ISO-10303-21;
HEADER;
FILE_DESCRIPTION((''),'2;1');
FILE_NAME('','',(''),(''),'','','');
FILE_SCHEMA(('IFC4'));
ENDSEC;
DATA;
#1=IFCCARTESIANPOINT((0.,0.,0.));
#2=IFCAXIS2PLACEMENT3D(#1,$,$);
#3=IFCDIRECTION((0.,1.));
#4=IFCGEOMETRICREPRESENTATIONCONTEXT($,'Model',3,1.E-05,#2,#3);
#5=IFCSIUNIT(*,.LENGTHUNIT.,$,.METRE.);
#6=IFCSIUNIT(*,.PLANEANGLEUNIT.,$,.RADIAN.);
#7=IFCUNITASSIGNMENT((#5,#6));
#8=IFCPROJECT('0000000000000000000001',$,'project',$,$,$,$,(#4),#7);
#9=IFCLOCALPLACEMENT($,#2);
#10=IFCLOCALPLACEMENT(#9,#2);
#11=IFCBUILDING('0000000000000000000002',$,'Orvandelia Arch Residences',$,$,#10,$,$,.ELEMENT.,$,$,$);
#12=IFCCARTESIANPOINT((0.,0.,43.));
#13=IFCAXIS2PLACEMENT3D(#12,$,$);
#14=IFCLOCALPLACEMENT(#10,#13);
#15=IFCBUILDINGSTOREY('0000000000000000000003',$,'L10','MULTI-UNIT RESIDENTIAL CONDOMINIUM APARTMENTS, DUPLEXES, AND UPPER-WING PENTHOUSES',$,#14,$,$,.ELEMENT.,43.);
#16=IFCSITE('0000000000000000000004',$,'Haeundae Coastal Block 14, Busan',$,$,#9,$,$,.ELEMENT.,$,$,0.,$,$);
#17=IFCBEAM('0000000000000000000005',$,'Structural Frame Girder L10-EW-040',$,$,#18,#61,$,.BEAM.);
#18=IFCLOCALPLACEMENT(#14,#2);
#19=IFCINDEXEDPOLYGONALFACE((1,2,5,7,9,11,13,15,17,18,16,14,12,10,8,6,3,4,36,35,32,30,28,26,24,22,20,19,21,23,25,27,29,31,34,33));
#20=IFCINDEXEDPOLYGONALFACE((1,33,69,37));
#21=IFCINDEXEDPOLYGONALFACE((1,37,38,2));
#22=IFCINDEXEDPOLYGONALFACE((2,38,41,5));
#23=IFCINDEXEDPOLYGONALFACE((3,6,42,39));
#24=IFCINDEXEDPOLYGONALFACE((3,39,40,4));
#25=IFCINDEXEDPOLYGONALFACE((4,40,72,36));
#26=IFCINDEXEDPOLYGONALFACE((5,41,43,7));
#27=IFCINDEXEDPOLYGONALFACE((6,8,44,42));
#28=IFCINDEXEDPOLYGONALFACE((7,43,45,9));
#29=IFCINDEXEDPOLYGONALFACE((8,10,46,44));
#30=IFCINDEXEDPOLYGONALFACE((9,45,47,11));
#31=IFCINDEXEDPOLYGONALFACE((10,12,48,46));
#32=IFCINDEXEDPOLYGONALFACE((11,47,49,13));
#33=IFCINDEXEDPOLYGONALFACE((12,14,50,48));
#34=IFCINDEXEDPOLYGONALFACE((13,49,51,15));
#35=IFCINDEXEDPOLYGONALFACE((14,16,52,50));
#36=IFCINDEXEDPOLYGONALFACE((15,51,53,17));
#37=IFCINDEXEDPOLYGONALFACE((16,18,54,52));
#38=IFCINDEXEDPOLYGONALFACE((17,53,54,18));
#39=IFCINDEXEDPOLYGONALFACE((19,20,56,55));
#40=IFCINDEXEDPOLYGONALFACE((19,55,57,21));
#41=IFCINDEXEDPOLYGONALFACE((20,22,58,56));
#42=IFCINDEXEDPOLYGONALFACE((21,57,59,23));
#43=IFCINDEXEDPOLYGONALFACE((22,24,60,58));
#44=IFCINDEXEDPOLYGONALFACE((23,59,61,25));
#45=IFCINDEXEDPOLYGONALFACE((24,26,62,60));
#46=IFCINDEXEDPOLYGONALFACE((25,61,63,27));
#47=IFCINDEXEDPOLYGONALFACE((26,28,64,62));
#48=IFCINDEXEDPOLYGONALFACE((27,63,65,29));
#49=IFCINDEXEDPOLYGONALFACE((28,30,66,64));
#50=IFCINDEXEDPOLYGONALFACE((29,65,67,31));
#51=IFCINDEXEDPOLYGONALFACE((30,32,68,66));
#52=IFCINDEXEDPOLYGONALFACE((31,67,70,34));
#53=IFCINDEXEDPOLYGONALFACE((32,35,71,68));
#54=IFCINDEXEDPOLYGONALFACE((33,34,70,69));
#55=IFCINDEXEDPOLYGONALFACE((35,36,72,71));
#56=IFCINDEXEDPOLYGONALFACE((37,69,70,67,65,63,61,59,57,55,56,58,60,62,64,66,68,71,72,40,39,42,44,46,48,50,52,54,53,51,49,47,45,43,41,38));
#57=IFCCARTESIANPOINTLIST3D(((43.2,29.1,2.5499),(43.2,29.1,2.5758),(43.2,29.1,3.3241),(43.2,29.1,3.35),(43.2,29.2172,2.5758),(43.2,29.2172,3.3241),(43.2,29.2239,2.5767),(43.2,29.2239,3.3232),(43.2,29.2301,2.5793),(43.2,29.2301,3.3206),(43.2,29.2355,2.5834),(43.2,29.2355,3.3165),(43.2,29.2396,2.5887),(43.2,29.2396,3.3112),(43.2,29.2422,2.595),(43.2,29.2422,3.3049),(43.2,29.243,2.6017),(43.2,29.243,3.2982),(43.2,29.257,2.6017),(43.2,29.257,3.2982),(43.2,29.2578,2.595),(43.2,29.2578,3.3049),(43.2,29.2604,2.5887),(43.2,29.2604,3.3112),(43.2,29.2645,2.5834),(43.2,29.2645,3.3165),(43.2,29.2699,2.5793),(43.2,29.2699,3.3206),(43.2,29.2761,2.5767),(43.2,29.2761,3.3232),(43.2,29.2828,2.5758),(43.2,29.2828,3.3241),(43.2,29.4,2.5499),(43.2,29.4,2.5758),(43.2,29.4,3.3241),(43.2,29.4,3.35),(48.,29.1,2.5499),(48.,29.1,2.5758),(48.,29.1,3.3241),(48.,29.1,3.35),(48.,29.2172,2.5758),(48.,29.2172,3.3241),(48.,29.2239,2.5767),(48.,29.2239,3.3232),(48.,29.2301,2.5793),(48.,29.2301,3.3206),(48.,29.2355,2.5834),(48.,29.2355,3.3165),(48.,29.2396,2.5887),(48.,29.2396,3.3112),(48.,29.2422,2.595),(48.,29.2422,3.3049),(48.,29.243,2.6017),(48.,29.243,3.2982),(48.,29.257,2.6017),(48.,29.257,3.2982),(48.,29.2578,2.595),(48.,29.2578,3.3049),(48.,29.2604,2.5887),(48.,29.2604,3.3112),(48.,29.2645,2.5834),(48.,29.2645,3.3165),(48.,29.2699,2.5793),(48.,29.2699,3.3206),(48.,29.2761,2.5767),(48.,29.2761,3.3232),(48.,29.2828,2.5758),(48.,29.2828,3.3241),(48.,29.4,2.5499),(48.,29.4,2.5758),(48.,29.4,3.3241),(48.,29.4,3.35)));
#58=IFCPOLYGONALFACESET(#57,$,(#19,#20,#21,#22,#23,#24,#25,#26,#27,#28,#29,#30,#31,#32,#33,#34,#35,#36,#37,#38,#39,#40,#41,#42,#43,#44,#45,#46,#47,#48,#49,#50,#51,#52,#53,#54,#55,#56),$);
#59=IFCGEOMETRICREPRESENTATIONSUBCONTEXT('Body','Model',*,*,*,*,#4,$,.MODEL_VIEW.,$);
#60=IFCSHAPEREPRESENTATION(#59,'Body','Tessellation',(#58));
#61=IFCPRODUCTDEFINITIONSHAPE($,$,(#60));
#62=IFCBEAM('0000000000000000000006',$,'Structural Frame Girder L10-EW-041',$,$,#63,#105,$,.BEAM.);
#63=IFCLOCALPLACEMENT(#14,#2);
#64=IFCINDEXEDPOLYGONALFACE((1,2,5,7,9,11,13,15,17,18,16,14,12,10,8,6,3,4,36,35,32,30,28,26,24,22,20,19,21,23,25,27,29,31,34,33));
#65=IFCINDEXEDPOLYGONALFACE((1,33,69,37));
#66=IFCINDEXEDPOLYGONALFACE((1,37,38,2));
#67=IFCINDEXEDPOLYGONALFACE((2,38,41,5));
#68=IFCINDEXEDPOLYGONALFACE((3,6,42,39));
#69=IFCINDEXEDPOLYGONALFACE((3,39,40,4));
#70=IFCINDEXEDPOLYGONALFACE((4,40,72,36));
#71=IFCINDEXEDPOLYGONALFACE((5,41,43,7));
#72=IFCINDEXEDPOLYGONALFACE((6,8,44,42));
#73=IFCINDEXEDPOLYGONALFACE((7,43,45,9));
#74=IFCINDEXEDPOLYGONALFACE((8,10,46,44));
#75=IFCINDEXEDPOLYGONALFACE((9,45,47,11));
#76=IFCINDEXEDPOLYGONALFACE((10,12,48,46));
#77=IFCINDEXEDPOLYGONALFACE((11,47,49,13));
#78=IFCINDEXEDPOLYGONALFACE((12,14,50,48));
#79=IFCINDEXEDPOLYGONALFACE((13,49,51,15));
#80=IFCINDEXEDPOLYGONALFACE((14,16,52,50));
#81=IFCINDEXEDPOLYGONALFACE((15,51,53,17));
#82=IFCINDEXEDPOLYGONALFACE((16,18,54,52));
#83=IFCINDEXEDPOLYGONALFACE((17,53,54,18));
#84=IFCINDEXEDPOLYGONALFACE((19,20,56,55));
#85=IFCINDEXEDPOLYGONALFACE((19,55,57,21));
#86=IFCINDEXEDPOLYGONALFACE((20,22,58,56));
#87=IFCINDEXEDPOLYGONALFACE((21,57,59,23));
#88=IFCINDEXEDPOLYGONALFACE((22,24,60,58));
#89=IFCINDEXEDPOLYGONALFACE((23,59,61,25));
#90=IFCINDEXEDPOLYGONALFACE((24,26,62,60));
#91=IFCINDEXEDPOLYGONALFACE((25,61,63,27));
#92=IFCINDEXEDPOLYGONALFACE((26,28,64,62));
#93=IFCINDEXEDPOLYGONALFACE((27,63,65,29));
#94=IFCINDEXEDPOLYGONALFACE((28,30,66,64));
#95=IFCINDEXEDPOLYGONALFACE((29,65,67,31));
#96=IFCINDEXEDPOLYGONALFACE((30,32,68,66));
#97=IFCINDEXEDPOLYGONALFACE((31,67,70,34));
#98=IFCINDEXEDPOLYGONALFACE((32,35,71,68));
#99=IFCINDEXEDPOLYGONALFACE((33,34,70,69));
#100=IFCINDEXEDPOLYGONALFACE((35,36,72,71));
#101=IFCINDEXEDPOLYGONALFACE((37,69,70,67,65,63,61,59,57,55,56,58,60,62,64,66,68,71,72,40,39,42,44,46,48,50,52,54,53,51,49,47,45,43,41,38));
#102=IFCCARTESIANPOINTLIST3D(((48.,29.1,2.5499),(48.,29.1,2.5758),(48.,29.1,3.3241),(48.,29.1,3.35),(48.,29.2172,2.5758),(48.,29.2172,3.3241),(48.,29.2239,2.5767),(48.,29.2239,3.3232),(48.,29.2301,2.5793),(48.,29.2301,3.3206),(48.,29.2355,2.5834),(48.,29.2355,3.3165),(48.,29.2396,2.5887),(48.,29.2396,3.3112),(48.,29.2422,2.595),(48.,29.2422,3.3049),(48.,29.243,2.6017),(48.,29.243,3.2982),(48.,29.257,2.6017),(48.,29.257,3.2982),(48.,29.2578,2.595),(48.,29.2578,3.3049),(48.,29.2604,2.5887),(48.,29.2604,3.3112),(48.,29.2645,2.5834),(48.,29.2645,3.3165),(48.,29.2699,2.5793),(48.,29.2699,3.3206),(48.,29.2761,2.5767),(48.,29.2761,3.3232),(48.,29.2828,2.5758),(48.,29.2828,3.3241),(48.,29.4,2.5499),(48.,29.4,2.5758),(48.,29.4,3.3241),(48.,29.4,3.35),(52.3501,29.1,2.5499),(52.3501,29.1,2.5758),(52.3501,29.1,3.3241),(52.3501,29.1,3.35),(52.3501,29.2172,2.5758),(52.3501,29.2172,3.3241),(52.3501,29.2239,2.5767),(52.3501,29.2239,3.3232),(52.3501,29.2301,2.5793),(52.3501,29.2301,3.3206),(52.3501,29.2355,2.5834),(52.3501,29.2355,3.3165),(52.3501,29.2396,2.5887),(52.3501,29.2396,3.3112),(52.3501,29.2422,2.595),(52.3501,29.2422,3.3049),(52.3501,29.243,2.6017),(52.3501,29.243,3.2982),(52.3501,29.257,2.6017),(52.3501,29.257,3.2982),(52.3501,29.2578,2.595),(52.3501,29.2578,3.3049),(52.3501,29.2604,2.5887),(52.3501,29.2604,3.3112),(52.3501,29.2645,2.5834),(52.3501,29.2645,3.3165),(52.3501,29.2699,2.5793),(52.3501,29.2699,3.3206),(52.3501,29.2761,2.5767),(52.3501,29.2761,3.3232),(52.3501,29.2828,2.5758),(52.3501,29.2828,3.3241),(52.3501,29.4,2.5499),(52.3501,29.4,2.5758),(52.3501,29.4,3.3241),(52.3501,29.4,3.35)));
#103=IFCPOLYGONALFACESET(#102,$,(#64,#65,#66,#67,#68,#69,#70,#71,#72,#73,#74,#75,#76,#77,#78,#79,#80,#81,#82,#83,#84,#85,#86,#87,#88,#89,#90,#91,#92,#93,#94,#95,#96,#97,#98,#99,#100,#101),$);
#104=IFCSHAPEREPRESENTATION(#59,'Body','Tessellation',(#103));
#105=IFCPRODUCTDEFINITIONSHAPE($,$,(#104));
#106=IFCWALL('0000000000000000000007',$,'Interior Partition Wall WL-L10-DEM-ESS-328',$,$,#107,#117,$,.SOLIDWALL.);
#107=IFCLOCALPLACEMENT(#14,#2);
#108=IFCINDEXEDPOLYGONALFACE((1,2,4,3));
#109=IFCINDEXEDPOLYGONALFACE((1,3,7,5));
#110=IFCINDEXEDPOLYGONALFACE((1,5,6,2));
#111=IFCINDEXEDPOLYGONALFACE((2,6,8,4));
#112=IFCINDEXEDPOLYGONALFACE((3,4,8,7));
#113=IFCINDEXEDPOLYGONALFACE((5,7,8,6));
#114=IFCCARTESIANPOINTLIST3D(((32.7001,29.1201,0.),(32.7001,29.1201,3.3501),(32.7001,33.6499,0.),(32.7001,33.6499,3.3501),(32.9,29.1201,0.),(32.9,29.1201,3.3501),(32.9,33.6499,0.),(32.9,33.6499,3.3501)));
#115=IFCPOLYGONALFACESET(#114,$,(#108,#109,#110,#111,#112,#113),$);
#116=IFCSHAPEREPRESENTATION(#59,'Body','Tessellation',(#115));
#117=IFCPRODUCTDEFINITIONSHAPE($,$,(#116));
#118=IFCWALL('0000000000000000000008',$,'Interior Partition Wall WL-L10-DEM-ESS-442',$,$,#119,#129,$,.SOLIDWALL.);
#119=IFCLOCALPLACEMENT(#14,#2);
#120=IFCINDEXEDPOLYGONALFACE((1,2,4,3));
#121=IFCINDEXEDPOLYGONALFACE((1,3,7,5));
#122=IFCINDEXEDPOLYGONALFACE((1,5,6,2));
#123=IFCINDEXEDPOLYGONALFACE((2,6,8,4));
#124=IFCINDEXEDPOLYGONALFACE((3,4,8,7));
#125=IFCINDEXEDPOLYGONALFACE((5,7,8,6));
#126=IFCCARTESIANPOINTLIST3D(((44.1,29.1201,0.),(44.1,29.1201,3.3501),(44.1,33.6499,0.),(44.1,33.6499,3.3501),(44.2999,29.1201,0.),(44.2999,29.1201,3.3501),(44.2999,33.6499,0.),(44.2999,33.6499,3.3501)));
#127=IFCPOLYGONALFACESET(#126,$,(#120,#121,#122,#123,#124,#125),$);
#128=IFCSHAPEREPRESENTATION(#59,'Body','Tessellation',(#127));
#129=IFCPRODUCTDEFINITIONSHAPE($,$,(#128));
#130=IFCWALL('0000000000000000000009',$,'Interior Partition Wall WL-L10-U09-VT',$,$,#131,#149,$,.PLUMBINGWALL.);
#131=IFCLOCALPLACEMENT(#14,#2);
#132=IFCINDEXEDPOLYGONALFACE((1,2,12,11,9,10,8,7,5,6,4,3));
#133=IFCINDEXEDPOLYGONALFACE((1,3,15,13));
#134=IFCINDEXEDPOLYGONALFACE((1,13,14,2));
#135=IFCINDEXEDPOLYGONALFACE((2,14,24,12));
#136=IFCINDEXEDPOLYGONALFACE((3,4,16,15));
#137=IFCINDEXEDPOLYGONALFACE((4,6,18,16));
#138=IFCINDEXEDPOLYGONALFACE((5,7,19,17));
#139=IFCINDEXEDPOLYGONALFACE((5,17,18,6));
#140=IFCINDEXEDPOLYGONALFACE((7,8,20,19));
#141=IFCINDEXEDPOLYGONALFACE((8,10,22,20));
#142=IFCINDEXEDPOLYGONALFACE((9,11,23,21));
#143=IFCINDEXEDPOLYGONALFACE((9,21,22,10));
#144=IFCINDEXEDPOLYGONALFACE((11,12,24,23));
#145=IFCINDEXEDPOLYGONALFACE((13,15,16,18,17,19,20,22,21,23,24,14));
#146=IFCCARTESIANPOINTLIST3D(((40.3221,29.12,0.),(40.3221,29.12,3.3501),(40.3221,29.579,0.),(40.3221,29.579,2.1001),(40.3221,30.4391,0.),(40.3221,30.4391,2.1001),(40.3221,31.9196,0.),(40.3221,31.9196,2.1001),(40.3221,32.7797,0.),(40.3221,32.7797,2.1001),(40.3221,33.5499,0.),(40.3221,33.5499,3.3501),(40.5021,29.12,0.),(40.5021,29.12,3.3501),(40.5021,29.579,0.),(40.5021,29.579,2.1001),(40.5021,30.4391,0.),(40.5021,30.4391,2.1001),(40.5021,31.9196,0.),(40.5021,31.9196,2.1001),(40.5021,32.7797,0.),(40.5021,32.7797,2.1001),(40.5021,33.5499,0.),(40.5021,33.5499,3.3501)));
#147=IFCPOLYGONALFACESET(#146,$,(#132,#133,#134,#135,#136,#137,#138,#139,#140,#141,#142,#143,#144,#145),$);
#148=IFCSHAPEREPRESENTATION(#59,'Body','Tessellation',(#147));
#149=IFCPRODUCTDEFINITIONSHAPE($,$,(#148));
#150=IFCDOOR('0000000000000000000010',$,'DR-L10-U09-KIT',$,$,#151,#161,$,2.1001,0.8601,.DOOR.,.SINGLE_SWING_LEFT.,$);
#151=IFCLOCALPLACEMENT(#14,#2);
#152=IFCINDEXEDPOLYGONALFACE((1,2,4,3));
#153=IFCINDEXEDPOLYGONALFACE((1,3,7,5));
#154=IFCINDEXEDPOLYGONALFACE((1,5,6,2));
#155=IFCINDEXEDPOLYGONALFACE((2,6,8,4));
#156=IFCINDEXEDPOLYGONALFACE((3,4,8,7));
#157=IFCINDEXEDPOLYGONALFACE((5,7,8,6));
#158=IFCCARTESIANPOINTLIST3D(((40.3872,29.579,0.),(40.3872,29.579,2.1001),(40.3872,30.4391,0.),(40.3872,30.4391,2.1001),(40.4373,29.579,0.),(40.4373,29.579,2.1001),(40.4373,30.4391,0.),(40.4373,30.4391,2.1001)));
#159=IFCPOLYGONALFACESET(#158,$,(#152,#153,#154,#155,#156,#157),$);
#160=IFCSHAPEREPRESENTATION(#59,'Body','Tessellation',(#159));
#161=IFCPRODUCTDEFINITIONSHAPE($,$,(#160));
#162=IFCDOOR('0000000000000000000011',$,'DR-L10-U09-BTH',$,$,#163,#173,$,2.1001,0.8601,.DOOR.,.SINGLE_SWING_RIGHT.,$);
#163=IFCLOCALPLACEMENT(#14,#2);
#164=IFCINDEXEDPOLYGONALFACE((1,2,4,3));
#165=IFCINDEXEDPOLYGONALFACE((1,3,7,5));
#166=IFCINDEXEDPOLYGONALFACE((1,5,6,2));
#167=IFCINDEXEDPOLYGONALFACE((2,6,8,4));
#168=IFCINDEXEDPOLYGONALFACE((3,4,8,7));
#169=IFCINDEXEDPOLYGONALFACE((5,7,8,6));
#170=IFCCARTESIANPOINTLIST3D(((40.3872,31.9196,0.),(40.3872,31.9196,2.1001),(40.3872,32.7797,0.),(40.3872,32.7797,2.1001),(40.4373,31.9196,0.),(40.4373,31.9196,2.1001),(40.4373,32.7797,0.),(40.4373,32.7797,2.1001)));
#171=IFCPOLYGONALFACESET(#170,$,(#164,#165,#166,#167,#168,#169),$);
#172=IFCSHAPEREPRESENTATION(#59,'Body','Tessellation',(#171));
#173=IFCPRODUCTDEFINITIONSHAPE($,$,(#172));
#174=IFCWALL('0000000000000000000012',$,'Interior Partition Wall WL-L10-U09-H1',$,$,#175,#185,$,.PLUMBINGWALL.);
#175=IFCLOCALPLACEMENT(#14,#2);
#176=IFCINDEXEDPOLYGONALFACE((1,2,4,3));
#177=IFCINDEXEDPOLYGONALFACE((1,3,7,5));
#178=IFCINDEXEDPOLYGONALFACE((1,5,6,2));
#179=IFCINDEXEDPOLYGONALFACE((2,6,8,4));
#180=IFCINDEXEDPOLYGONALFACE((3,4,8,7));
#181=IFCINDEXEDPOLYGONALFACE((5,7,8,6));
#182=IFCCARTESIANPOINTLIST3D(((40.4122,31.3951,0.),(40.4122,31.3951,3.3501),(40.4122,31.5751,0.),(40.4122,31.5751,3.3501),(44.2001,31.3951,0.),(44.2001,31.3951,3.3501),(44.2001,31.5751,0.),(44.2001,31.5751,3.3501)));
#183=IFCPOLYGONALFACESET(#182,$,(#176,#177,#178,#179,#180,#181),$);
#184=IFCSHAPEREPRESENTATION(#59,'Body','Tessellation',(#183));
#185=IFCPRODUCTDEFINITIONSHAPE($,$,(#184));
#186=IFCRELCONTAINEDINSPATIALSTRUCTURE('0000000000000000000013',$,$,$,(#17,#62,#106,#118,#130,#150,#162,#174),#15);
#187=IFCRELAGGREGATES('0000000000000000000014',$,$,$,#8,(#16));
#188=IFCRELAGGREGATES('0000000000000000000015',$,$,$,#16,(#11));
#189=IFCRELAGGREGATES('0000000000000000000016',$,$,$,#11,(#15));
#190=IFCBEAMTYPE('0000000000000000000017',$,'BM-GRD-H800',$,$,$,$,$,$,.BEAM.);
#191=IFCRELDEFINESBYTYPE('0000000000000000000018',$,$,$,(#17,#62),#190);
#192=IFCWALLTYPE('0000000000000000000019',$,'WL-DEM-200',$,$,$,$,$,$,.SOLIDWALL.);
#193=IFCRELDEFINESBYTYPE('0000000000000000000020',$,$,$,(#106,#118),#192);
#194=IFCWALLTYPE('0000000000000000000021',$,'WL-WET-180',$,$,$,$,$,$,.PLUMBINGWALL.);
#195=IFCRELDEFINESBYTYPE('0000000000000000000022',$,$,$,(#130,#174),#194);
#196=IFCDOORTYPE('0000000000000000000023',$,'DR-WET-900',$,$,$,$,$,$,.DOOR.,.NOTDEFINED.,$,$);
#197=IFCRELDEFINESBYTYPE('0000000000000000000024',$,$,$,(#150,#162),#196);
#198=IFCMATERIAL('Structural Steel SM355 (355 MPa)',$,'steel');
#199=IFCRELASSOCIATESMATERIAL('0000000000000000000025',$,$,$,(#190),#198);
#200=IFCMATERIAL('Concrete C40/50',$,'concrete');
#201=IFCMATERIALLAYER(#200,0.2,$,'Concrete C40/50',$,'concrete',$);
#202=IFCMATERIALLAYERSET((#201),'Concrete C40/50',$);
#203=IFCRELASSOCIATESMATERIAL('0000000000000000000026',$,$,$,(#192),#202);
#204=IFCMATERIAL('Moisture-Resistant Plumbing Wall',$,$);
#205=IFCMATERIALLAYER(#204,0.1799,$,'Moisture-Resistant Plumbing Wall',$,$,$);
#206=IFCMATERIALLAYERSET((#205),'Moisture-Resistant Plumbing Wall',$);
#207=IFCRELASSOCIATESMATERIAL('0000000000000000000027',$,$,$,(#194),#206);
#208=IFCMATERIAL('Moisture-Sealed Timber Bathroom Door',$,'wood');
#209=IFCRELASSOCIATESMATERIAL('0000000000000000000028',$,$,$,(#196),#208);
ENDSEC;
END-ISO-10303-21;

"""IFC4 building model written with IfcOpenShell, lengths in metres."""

from ifc_helpers import new_model, si_unit, direction, frame, frame_2d, origin, origin_2d, place, context, subcontext, project, spatial, rectangle, i_section, extrude, material, layer, layer_set, material_profile, profile_set, type_object, element, fill, save


model = new_model("IFC4")

# Units and contexts
model_context = context("Model", 3, precision=1e-05, world=origin(), true_north=direction((0.0, 1.0)))
body_context = subcontext(model_context, "Body", "Model", "MODEL_VIEW")
ifc_project = project(units=[si_unit("LENGTHUNIT", "METRE"), si_unit("PLANEANGLEUNIT", "RADIAN")], contexts=[model_context])

# Site, building, storey
site_placement = place(None, origin())
site = spatial("IfcSite", under=ifc_project, at=site_placement, Name="Haeundae Coastal Block 14, Busan", CompositionType="ELEMENT", RefElevation=0.0)
building_placement = place(site_placement, origin())
building = spatial("IfcBuilding", under=site, at=building_placement, Name="Orvandelia Arch Residences", CompositionType="ELEMENT")
storey_placement = place(building_placement, frame((0.0, 0.0, 43.0)))
storey = spatial("IfcBuildingStorey", under=building, at=storey_placement, Name="L10", Description="MULTI-UNIT RESIDENTIAL CONDOMINIUM APARTMENTS, DUPLEXES, AND UPPER-WING PENTHOUSES", CompositionType="ELEMENT", Elevation=43.0)

# Beams
ifc_material_1 = material(Name="Structural Steel SM355 (355 MPa)", Category="steel")
ifc_material_profile_1 = material_profile(ifc_material_1, i_section(OverallWidth=0.3, OverallDepth=0.8, WebThickness=0.0139, FlangeThickness=0.0259, FilletRadius=0.0259, at=origin_2d()), Name="Structural Steel SM355 (355 MPa)", Category="steel")
ifc_profile_set_1 = profile_set([ifc_material_profile_1], Name="Structural Steel SM355 (355 MPa)")
beam_type = type_object("IfcBeamType", Name="BM-GRD-H800", PredefinedType="BEAM", material=ifc_profile_set_1)
for number, where, z_axis, x_axis, name in (
    (1, (43.2, 29.25, 2.95), (1.0, 0.0, 0.0), (0.0, 1.0, 0.0), "Structural Frame Girder L10-EW-040"),
):
    element("IfcBeam", number, at=place(storey_placement, frame(where, z_axis=z_axis, x_axis=x_axis)), inside=storey, type_object=beam_type, Name=name, PredefinedType="BEAM", context=body_context, shape_type="SweptSolid", body=[
        extrude(i_section(OverallWidth=0.3, OverallDepth=0.8, WebThickness=0.0139, FlangeThickness=0.0259, FilletRadius=0.0259, at=origin_2d()), origin(), (0.0, 0.0, 1.0), 4.8),
    ])
beam_1_placement = place(storey_placement, frame((48.0, 29.25, 2.95), z_axis=(1.0, 0.0, 0.0), x_axis=(0.0, 1.0, 0.0)))
element("IfcBeam", 2, at=beam_1_placement, inside=storey, type_object=beam_type, Name="Structural Frame Girder L10-EW-041", PredefinedType="BEAM", context=body_context, shape_type="SweptSolid", body=[
    extrude(i_section(OverallWidth=0.3, OverallDepth=0.8, WebThickness=0.0139, FlangeThickness=0.0259, FilletRadius=0.0259, at=origin_2d()), origin(), (0.0, 0.0, 1.0), 4.3501),
])

# Walls
ifc_material_2 = material(Name="Concrete C40/50", Category="concrete")
ifc_layer_1 = layer(ifc_material_2, 0.2, Name="Concrete C40/50", Category="concrete")
ifc_layer_set_1 = layer_set([ifc_layer_1], Name="Concrete C40/50")
wall_type_1 = type_object("IfcWallType", Name="WL-DEM-200", PredefinedType="SOLIDWALL", material=ifc_layer_set_1)
for number, where, z_axis, x_axis, name in (
    (3, (32.8, 29.1201, 0.0), (0.0, 0.0, 1.0), (0.0, 1.0, 0.0), "Interior Partition Wall WL-L10-DEM-ESS-328"),
    (4, (44.2, 29.1201, 0.0), (0.0, 0.0, 1.0), (0.0, 1.0, 0.0), "Interior Partition Wall WL-L10-DEM-ESS-442"),
):
    element("IfcWall", number, at=place(storey_placement, frame(where, z_axis=z_axis, x_axis=x_axis)), inside=storey, type_object=wall_type_1, Name=name, PredefinedType="SOLIDWALL", context=body_context, shape_type="SweptSolid", body=[
        extrude(rectangle(XDim=4.5298, YDim=0.2, at=frame_2d((2.2649, 0.0))), origin(), (0.0, 0.0, 1.0), 3.3501),
    ])

# Wall, openings, doors
ifc_material_3 = material(Name="Moisture-Resistant Plumbing Wall")
ifc_layer_2 = layer(ifc_material_3, 0.1799, Name="Moisture-Resistant Plumbing Wall")
ifc_layer_set_2 = layer_set([ifc_layer_2], Name="Moisture-Resistant Plumbing Wall")
wall_type_2 = type_object("IfcWallType", Name="WL-WET-180", PredefinedType="PLUMBINGWALL", material=ifc_layer_set_2)
wall_1_placement = place(storey_placement, frame((40.4121, 29.1201, 0.0), z_axis=(0.0, 0.0, 1.0), x_axis=(0.0, 1.0, 0.0)))
wall_1 = element("IfcWall", 5, at=wall_1_placement, inside=storey, type_object=wall_type_2, Name="Interior Partition Wall WL-L10-U09-VT", PredefinedType="PLUMBINGWALL", context=body_context, shape_type="SweptSolid", body=[
    extrude(rectangle(XDim=4.4299, YDim=0.1799, at=frame_2d((2.2148, 0.0))), origin(), (0.0, 0.0, 1.0), 3.3501),
])
opening_1_placement = place(wall_1_placement, frame((0.4587, 0.0, 0.0)))
opening_1 = element("IfcOpeningElement", 6, at=opening_1_placement, cuts=wall_1, PredefinedType="OPENING", context=body_context, shape_type="SweptSolid", body=[
    extrude(rectangle(XDim=0.8601, YDim=2.1001, at=frame_2d((0.4302, 1.05))), frame((0.0, 0.1001, 0.0), z_axis=(0.0, -1.0, 0.0), x_axis=(1.0, 0.0, 0.0)), (0.0, 0.0, 1.0), 0.2),
])
opening_2_placement = place(wall_1_placement, frame((2.7993, 0.0, 0.0)))
opening_2 = element("IfcOpeningElement", 7, at=opening_2_placement, cuts=wall_1, PredefinedType="OPENING", context=body_context, shape_type="SweptSolid", body=[
    extrude(rectangle(XDim=0.8601, YDim=2.1001, at=frame_2d((0.4302, 1.05))), frame((0.0, 0.1001, 0.0), z_axis=(0.0, -1.0, 0.0), x_axis=(1.0, 0.0, 0.0)), (0.0, 0.0, 1.0), 0.2),
])
ifc_material_4 = material(Name="Moisture-Sealed Timber Bathroom Door", Category="wood")
door_type = type_object("IfcDoorType", Name="DR-WET-900", OperationType="NOTDEFINED", PredefinedType="DOOR", material=ifc_material_4)
door_1_placement = place(opening_1_placement, origin())
door_1 = element("IfcDoor", 8, at=door_1_placement, inside=storey, type_object=door_type, Name="DR-L10-U09-KIT", OperationType="SINGLE_SWING_LEFT", OverallHeight=2.1001, OverallWidth=0.8601, PredefinedType="DOOR", context=body_context, shape_type="SweptSolid", body=[
    extrude(rectangle(XDim=0.8601, YDim=2.1001, at=frame_2d((0.4302, 1.05))), frame((0.0, 0.0249, 0.0), z_axis=(0.0, -1.0, 0.0), x_axis=(1.0, 0.0, 0.0)), (0.0, 0.0, 1.0), 0.05),
])
fill(opening_1, door_1)
door_2_placement = place(opening_2_placement, origin())
door_2 = element("IfcDoor", 9, at=door_2_placement, inside=storey, type_object=door_type, Name="DR-L10-U09-BTH", OperationType="SINGLE_SWING_RIGHT", OverallHeight=2.1001, OverallWidth=0.8601, PredefinedType="DOOR", context=body_context, shape_type="SweptSolid", body=[
    extrude(rectangle(XDim=0.8601, YDim=2.1001, at=frame_2d((0.4302, 1.05))), frame((0.0, 0.0249, 0.0), z_axis=(0.0, -1.0, 0.0), x_axis=(1.0, 0.0, 0.0)), (0.0, 0.0, 1.0), 0.05),
])
fill(opening_2, door_2)

# Wall
wall_2_placement = place(storey_placement, frame((40.4121, 31.4851, 0.0), z_axis=(0.0, 0.0, 1.0), x_axis=(1.0, 0.0, 0.0)))
element("IfcWall", 10, at=wall_2_placement, inside=storey, type_object=wall_type_2, Name="Interior Partition Wall WL-L10-U09-H1", PredefinedType="PLUMBINGWALL", context=body_context, shape_type="SweptSolid", body=[
    extrude(rectangle(XDim=3.7878, YDim=0.1799, at=frame_2d((1.894, 0.0))), origin(), (0.0, 0.0, 1.0), 3.3501),
])

save(model, "model.ifc")
